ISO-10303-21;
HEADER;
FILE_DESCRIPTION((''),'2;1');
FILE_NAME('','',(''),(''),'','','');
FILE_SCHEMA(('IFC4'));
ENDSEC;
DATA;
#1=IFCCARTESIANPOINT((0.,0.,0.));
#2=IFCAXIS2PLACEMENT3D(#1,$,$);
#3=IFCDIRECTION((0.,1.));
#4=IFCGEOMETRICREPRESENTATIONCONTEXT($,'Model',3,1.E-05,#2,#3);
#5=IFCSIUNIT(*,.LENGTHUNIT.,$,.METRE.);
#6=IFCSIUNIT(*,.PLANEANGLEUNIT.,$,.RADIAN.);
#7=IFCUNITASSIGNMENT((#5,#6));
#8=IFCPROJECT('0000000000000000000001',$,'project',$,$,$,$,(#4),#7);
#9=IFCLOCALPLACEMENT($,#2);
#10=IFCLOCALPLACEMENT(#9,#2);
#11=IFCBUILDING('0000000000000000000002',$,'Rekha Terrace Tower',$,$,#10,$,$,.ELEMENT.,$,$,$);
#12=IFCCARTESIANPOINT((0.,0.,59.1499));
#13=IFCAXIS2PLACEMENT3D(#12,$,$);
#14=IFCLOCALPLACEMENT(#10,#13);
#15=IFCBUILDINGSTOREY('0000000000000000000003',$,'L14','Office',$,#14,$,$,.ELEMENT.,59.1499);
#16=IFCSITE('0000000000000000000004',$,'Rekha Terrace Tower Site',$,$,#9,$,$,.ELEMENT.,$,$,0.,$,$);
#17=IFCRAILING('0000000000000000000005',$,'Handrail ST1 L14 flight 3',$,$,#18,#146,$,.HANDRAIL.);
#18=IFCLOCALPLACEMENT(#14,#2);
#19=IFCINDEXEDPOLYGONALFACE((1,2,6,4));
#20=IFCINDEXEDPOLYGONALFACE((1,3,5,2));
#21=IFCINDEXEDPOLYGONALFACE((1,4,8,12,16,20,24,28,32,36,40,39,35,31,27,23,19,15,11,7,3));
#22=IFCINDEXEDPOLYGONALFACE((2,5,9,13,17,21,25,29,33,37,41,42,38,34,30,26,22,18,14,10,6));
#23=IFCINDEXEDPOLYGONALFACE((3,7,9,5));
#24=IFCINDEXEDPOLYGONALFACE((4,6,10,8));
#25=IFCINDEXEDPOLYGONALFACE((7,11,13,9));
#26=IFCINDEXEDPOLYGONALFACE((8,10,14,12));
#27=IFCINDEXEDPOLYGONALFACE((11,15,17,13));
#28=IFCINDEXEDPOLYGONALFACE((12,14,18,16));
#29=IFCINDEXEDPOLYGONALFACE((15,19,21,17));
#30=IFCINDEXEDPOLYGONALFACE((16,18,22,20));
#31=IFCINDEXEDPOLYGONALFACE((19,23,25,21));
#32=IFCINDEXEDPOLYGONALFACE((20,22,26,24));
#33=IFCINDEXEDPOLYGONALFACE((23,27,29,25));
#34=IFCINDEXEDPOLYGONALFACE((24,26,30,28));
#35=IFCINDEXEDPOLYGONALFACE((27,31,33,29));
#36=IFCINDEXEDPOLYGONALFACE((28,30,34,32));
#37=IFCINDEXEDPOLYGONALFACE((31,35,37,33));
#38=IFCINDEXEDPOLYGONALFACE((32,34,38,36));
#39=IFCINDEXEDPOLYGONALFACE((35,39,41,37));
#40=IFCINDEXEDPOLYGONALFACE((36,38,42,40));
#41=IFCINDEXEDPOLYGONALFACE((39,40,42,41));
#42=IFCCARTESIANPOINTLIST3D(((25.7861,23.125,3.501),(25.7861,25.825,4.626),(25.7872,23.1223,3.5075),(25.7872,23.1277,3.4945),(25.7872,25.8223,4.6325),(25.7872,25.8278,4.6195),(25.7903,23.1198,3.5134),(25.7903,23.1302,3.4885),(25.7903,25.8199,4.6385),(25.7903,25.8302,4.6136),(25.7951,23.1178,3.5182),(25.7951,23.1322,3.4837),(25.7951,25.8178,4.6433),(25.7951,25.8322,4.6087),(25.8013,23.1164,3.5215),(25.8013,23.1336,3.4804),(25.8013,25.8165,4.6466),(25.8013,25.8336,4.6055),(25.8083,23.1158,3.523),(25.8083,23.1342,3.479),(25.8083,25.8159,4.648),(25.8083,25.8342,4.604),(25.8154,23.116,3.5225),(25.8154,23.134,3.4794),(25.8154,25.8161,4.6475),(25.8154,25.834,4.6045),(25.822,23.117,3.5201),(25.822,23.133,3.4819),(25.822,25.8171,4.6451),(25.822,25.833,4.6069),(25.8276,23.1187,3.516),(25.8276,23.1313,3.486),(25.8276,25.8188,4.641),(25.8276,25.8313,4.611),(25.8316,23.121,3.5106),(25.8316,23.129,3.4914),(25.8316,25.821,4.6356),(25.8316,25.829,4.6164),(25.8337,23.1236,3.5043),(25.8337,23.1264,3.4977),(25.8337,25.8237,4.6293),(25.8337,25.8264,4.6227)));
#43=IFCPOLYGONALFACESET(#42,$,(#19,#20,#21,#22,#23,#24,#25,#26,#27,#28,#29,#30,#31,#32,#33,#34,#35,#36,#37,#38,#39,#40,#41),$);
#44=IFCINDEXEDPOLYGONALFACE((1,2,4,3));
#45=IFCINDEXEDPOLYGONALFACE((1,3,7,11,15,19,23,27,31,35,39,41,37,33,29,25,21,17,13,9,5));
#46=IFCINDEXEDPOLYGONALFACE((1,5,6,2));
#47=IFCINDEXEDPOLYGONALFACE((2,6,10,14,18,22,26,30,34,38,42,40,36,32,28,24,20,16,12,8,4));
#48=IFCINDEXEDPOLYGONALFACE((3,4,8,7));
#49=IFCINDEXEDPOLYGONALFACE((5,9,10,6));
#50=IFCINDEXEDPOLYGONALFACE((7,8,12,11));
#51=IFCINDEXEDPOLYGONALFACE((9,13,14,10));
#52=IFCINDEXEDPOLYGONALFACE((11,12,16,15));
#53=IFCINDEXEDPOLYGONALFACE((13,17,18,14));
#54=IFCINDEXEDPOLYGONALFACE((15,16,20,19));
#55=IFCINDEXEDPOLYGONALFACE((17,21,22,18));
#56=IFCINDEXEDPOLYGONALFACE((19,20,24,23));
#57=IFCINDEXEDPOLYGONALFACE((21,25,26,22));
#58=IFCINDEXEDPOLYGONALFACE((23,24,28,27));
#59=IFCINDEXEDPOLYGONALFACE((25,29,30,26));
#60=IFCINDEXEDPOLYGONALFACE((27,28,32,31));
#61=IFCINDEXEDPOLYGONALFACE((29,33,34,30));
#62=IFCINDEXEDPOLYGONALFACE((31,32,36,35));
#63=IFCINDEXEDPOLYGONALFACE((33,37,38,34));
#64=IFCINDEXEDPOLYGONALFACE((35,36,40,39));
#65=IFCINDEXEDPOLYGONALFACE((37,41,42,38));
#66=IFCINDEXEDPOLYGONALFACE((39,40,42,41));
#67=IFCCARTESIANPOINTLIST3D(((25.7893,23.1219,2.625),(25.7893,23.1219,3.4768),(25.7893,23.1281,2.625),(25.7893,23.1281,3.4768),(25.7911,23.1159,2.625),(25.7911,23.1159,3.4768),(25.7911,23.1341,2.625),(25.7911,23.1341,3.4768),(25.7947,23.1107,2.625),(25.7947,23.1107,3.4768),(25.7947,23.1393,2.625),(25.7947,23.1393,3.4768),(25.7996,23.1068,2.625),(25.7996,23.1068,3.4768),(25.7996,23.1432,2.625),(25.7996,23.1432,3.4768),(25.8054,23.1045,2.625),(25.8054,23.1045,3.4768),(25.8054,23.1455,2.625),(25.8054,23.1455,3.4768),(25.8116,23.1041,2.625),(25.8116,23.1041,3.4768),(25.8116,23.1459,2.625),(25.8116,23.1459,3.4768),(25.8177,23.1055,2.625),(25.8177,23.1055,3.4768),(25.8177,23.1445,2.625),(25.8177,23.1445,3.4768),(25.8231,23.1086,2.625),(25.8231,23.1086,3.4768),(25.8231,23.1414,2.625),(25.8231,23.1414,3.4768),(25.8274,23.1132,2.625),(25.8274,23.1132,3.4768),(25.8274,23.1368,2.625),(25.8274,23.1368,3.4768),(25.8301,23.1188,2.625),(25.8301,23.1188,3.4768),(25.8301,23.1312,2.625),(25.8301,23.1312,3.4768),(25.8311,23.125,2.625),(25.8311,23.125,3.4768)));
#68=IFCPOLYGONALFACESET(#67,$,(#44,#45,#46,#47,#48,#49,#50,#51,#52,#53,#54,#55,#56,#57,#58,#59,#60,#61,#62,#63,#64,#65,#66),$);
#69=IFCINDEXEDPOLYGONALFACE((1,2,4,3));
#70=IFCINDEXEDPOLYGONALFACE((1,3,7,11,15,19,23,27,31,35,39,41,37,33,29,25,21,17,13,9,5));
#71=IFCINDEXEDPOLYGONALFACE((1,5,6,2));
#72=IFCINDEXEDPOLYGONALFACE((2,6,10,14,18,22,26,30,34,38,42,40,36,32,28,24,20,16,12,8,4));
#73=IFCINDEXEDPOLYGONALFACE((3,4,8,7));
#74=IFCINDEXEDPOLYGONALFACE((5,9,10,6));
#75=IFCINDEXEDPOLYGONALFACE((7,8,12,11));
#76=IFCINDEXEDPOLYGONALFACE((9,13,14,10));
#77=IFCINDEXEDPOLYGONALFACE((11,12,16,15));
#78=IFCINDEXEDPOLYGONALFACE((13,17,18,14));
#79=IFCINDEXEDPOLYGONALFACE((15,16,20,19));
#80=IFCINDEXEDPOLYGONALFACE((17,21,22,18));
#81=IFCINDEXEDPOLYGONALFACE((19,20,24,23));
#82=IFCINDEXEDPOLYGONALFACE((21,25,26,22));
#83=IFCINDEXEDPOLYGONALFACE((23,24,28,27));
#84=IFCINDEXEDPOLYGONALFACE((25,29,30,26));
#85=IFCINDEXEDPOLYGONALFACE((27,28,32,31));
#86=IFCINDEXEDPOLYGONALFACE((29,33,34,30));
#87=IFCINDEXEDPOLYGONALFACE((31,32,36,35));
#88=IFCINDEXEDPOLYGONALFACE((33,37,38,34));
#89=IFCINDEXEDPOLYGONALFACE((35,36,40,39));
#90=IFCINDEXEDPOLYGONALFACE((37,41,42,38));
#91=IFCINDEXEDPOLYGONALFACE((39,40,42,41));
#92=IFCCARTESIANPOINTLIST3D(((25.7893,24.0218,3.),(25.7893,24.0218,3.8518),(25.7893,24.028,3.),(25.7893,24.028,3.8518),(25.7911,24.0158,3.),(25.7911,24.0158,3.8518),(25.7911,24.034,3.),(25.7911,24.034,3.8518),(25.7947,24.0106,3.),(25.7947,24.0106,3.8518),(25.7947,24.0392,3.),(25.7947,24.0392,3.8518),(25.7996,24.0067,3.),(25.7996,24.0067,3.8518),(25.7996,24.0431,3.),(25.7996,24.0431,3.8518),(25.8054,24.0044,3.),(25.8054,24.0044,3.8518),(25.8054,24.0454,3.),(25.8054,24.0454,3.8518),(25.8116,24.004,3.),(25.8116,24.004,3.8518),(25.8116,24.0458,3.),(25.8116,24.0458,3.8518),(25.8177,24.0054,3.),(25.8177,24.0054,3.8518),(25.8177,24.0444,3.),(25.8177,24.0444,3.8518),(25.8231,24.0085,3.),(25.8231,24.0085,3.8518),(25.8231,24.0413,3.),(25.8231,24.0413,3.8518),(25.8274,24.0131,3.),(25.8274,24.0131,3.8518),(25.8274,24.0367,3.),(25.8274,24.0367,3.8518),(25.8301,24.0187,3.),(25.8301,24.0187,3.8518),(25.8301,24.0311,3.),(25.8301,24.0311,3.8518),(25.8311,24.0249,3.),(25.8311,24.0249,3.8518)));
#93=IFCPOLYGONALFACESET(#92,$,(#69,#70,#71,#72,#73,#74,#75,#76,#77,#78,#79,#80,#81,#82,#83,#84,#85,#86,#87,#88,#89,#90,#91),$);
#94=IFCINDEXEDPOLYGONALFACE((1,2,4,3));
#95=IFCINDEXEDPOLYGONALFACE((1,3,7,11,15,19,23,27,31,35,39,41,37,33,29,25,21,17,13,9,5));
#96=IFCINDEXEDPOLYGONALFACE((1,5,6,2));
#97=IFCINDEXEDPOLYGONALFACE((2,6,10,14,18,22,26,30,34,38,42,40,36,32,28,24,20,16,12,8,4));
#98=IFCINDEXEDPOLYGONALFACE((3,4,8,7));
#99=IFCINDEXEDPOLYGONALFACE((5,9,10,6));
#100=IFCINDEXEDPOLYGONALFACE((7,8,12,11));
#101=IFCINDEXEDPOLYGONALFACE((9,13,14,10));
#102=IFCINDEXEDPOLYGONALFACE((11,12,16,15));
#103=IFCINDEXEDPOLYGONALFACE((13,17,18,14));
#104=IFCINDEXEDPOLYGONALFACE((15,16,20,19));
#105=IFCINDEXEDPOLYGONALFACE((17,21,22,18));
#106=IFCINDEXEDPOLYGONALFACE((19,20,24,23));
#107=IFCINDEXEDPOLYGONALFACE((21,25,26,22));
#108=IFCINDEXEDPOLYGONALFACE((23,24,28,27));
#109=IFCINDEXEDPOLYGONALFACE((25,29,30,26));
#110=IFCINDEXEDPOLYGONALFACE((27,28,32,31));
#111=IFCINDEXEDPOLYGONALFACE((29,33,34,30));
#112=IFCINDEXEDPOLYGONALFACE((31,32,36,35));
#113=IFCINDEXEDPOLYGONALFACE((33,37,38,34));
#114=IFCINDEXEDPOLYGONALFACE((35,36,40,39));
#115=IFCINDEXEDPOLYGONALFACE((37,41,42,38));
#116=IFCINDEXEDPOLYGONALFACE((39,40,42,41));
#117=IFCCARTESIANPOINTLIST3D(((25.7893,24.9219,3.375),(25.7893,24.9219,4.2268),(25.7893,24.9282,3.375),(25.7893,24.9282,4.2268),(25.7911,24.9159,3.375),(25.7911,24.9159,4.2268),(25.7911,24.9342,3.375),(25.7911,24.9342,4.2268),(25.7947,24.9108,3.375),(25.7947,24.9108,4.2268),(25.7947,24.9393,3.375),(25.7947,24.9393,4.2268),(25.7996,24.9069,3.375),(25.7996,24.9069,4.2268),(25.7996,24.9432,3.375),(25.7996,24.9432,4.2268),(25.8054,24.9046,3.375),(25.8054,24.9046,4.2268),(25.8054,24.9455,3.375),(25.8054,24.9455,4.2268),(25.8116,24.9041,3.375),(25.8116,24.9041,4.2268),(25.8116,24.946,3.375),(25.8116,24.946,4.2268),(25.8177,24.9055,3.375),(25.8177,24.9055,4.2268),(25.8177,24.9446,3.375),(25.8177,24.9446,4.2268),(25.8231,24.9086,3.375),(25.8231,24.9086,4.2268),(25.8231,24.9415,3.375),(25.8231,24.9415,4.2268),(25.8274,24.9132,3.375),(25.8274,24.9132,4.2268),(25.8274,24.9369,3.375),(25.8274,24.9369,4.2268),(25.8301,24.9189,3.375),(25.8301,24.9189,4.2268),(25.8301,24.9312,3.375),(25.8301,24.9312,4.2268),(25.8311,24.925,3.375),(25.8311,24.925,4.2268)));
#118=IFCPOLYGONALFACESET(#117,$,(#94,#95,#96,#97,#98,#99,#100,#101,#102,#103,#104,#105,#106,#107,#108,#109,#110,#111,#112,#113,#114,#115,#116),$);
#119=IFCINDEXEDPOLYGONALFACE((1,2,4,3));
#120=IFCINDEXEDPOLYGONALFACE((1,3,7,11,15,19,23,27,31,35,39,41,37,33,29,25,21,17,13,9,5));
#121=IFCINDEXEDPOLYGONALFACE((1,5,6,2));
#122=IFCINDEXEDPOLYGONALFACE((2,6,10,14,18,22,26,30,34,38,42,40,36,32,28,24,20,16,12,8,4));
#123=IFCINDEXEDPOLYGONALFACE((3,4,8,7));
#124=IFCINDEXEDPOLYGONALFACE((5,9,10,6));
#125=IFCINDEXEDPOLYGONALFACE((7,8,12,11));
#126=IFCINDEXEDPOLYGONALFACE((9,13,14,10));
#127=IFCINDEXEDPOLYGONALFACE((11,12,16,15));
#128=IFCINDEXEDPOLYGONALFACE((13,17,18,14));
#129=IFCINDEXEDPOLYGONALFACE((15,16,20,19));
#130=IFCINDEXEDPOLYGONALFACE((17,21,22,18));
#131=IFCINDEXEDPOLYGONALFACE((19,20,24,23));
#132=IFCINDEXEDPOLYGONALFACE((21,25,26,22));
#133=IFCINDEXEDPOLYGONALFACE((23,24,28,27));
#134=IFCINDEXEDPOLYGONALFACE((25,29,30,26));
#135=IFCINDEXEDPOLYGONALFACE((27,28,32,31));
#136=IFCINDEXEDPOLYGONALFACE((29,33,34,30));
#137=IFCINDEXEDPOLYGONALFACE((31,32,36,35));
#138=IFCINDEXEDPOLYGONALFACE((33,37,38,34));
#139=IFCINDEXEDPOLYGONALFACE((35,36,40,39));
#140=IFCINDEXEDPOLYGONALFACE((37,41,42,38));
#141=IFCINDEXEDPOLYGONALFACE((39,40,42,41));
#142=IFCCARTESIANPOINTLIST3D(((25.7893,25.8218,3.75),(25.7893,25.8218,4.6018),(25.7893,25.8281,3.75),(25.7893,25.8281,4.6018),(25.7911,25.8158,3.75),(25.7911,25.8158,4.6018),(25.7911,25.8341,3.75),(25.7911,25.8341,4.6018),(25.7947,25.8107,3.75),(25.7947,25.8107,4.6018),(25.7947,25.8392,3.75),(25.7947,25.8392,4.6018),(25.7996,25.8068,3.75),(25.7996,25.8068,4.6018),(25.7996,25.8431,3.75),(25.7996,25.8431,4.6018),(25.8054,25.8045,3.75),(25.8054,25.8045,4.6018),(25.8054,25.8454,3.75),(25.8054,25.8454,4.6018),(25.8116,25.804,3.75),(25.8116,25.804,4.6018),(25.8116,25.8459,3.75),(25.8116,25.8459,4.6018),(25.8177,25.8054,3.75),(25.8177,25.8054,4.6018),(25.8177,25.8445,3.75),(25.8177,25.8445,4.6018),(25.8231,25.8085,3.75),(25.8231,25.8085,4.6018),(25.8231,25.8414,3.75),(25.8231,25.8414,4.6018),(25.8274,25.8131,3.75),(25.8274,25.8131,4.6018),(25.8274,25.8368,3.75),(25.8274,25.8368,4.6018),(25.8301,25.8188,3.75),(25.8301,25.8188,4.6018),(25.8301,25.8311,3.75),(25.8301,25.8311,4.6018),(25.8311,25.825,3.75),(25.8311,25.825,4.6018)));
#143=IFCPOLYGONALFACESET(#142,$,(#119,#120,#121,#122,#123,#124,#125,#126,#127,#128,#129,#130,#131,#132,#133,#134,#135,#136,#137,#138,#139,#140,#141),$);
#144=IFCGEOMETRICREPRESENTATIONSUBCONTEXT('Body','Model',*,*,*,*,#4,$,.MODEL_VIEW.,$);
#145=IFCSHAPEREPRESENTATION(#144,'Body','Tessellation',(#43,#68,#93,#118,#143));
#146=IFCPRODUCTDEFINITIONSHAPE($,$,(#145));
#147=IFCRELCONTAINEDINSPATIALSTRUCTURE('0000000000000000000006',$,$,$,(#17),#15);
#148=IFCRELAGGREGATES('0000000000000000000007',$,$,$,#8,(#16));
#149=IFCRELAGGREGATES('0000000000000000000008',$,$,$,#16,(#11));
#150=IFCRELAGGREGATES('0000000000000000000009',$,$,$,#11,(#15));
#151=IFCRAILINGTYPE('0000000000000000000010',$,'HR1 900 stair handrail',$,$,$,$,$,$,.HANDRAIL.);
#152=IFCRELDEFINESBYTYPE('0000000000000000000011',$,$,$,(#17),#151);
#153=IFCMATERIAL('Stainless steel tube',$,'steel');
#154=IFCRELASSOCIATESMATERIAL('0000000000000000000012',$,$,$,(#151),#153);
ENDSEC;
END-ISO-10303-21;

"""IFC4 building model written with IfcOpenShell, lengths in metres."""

from ifc_helpers import new_model, si_unit, direction, frame, origin, origin_2d, place, context, subcontext, project, spatial, circle, extrude, material, type_object, element, save


model = new_model("IFC4")

# Units and contexts
model_context = context("Model", 3, precision=1e-05, world=origin(), true_north=direction((0.0, 1.0)))
body_context = subcontext(model_context, "Body", "Model", "MODEL_VIEW")
ifc_project = project(units=[si_unit("LENGTHUNIT", "METRE"), si_unit("PLANEANGLEUNIT", "RADIAN")], contexts=[model_context])

# Site, building, storey
site_placement = place(None, origin())
site = spatial("IfcSite", under=ifc_project, at=site_placement, Name="Rekha Terrace Tower Site", CompositionType="ELEMENT", RefElevation=0.0)
building_placement = place(site_placement, origin())
building = spatial("IfcBuilding", under=site, at=building_placement, Name="Rekha Terrace Tower", CompositionType="ELEMENT")
storey_placement = place(building_placement, frame((0.0, 0.0, 59.1499)))
storey = spatial("IfcBuildingStorey", under=building, at=storey_placement, Name="L14", Description="Office", CompositionType="ELEMENT", Elevation=59.1499)

# Railing
ifc_material_1 = material(Name="Stainless steel tube", Category="steel")
railing_type_1 = type_object("IfcRailingType", Name="HR1 900 stair handrail", PredefinedType="HANDRAIL", material=ifc_material_1)
railing_1_placement = place(storey_placement, frame((25.8101, 23.125, 2.625)))
element("IfcRailing", 1, at=railing_1_placement, inside=storey, type_object=railing_type_1, Name="Handrail ST1 L14 flight 3", PredefinedType="HANDRAIL", context=body_context, shape_type="SweptSolid", body=[
    extrude(circle(Radius=0.0239, at=origin_2d()), frame((0.0, 0.0, 0.876), z_axis=(0.0, 0.923074, 0.384621), x_axis=(-1.0, 0.0, 0.0)), (0.0, 0.0, 1.0), 2.925),
    extrude(circle(Radius=0.021, at=origin_2d()), origin(), (0.0, 0.0, 1.0), 0.8518),
    extrude(circle(Radius=0.021, at=origin_2d()), frame((0.0, 0.8999, 0.375)), (0.0, 0.0, 1.0), 0.8518),
    extrude(circle(Radius=0.021, at=origin_2d()), frame((0.0, 1.8, 0.75)), (0.0, 0.0, 1.0), 0.8518),
    extrude(circle(Radius=0.021, at=origin_2d()), frame((0.0, 2.7, 1.125)), (0.0, 0.0, 1.0), 0.8518),
])

save(model, "model.ifc")
